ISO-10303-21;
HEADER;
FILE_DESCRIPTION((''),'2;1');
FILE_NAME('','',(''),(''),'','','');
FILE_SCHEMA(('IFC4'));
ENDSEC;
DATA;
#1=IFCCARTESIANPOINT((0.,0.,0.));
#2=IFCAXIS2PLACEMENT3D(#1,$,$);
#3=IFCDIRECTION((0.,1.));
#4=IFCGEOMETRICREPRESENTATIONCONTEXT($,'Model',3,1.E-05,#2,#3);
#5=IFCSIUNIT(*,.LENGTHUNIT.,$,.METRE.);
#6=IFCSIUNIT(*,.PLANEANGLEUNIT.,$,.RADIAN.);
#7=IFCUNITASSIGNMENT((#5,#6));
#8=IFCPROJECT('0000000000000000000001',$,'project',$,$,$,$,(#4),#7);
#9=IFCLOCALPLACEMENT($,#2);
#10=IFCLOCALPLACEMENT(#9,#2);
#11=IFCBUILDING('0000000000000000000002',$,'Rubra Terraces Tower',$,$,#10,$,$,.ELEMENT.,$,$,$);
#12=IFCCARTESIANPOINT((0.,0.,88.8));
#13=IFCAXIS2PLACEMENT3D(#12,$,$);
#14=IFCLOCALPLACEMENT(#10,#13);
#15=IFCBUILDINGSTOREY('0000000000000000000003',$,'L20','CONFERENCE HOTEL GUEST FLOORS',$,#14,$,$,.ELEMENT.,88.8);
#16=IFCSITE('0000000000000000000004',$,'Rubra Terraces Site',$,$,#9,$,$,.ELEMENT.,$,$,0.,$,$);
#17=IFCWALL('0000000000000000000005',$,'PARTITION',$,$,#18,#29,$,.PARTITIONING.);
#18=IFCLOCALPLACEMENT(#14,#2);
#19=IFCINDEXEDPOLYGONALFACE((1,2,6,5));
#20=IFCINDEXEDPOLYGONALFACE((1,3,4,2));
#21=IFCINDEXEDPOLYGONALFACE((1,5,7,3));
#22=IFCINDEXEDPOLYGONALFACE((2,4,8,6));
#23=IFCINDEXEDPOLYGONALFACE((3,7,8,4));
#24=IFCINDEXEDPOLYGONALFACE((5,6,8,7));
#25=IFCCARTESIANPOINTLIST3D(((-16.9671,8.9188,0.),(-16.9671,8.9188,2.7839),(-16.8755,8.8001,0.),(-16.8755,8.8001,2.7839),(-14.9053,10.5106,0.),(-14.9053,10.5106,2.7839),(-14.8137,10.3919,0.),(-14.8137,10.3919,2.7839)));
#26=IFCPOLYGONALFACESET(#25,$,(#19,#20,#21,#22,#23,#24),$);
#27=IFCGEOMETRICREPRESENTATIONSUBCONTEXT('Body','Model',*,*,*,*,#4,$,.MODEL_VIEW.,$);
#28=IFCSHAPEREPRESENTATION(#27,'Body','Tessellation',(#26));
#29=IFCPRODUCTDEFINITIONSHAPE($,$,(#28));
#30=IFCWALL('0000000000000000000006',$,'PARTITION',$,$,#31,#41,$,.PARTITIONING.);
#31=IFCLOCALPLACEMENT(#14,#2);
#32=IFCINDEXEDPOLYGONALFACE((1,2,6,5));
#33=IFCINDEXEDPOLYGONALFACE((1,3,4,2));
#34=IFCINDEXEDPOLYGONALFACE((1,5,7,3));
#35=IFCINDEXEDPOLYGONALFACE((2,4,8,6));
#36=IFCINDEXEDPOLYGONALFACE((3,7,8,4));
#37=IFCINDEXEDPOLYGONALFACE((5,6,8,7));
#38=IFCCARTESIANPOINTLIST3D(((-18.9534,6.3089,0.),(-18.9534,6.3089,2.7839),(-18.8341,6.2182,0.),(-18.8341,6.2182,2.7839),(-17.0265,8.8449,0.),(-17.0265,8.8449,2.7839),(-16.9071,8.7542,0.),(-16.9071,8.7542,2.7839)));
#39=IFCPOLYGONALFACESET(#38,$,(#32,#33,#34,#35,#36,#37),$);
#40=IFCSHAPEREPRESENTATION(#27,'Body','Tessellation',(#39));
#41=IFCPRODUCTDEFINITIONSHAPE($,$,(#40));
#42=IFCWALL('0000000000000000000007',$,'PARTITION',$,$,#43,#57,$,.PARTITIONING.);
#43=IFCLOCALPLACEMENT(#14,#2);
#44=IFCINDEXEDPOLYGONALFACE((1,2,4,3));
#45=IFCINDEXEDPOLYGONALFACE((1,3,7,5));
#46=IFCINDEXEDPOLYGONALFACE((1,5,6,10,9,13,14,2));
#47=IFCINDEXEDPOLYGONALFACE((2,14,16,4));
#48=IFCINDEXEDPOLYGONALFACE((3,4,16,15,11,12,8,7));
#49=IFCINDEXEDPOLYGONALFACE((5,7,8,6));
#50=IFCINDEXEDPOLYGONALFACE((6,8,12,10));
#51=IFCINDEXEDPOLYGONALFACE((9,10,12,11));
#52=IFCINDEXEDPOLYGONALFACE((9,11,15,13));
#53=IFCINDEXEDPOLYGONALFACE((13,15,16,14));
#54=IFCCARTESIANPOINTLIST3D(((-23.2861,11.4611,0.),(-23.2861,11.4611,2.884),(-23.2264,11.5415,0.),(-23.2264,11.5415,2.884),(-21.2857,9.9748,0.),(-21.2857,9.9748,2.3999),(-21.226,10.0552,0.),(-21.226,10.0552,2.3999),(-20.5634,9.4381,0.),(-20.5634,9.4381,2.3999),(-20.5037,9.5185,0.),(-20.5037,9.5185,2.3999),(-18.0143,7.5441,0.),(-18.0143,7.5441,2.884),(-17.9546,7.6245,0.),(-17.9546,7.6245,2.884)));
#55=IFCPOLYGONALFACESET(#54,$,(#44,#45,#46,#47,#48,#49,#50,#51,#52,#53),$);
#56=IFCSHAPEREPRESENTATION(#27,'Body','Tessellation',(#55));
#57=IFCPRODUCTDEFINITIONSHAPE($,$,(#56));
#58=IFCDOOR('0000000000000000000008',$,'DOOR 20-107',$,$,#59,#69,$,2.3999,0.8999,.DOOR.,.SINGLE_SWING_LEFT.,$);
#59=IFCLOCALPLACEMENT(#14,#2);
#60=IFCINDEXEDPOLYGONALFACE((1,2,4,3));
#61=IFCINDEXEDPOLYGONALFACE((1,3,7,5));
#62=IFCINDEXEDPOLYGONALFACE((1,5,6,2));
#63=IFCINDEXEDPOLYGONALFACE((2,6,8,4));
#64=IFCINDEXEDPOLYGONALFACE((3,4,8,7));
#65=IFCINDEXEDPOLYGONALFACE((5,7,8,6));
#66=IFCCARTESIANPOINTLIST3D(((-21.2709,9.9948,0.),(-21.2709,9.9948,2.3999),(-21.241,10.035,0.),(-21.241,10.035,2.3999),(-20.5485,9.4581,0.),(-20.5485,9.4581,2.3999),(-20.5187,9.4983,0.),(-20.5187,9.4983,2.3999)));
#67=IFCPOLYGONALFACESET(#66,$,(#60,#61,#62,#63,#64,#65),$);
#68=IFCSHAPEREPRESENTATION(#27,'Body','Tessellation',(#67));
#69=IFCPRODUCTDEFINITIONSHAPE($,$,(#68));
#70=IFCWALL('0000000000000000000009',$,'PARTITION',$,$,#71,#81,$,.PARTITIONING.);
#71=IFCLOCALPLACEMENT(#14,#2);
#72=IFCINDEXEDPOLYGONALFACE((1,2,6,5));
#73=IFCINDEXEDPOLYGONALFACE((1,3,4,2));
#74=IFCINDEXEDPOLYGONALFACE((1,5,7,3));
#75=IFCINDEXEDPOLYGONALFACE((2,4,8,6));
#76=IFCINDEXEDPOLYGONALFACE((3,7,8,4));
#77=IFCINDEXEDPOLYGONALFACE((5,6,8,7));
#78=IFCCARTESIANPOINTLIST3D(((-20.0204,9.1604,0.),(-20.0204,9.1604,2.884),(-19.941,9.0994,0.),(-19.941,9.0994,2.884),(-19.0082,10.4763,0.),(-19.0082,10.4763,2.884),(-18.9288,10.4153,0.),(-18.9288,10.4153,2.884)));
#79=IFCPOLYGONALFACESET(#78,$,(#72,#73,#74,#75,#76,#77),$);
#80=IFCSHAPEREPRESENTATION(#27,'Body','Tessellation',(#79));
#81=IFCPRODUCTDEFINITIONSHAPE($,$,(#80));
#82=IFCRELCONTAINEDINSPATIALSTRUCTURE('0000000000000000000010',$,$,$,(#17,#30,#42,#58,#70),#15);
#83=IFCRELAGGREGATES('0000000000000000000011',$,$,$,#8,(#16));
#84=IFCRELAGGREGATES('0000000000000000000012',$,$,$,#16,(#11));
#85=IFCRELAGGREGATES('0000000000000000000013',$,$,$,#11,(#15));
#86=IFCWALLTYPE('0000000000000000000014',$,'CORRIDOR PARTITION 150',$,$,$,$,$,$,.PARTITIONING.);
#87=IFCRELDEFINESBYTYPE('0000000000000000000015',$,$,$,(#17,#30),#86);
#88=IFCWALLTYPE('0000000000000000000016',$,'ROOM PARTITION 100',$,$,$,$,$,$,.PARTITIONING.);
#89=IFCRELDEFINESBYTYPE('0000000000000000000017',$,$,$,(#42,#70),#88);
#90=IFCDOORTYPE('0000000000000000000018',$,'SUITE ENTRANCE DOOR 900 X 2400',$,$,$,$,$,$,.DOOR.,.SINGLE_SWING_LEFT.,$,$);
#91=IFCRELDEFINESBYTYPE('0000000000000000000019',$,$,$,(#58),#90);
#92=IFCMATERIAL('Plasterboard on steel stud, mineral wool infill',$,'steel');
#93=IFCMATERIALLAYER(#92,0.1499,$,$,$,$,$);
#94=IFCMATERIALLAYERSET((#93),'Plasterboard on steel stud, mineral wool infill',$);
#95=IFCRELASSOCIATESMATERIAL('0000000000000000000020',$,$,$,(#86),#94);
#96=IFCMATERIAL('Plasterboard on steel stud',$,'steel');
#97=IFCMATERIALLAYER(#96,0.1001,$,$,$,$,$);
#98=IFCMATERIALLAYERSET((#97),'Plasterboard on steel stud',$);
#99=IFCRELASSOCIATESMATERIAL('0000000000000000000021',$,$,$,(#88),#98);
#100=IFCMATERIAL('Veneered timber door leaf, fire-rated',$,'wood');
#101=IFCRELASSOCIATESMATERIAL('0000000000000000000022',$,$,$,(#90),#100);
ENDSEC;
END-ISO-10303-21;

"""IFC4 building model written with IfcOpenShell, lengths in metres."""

from ifc_helpers import new_model, si_unit, direction, frame, frame_2d, origin, place, context, subcontext, project, spatial, rectangle, extrude, material, layer, layer_set, type_object, element, fill, save


model = new_model("IFC4")

# Units and contexts
model_context = context("Model", 3, precision=1e-05, world=origin(), true_north=direction((0.0, 1.0)))
body_context = subcontext(model_context, "Body", "Model", "MODEL_VIEW")
ifc_project = project(units=[si_unit("LENGTHUNIT", "METRE"), si_unit("PLANEANGLEUNIT", "RADIAN")], contexts=[model_context])

# Site, building, storey
site_placement = place(None, origin())
site = spatial("IfcSite", under=ifc_project, at=site_placement, Name="Rubra Terraces Site", CompositionType="ELEMENT", RefElevation=0.0)
building_placement = place(site_placement, origin())
building = spatial("IfcBuilding", under=site, at=building_placement, Name="Rubra Terraces Tower", CompositionType="ELEMENT")
storey_placement = place(building_placement, frame((0.0, 0.0, 88.8)))
storey = spatial("IfcBuildingStorey", under=building, at=storey_placement, Name="L20", Description="CONFERENCE HOTEL GUEST FLOORS", CompositionType="ELEMENT", Elevation=88.8)

# Walls
ifc_material_1 = material(Name="Plasterboard on steel stud, mineral wool infill", Category="steel")
ifc_layer_1 = layer(ifc_material_1, 0.1499)
ifc_layer_set_1 = layer_set([ifc_layer_1], Name="Plasterboard on steel stud, mineral wool infill")
wall_type_1 = type_object("IfcWallType", Name="CORRIDOR PARTITION 150", PredefinedType="PARTITIONING", material=ifc_layer_set_1)
wall_1_placement = place(storey_placement, frame((-14.8596, 10.4512, 0.0), z_axis=(0.0, 0.0, 1.0), x_axis=(-0.791543, -0.611114, 0.0)))
element("IfcWall", 1, at=wall_1_placement, inside=storey, type_object=wall_type_1, Name="PARTITION", PredefinedType="PARTITIONING", context=body_context, shape_type="SweptSolid", body=[
    extrude(rectangle(XDim=2.6047, YDim=0.1499, at=frame_2d((1.3022, 0.0))), origin(), (0.0, 0.0, 1.0), 2.7839),
])
wall_2_placement = place(storey_placement, frame((-16.9668, 8.7996, 0.0), z_axis=(0.0, 0.0, 1.0), x_axis=(-0.604992, -0.796232, 0.0)))
element("IfcWall", 2, at=wall_2_placement, inside=storey, type_object=wall_type_1, Name="PARTITION", PredefinedType="PARTITIONING", context=body_context, shape_type="SweptSolid", body=[
    extrude(rectangle(XDim=3.1851, YDim=0.1499, at=frame_2d((1.5925, 0.0))), origin(), (0.0, 0.0, 1.0), 2.7839),
])

# Wall, opening, door
ifc_material_2 = material(Name="Plasterboard on steel stud", Category="steel")
ifc_layer_2 = layer(ifc_material_2, 0.1001)
ifc_layer_set_2 = layer_set([ifc_layer_2], Name="Plasterboard on steel stud")
wall_type_2 = type_object("IfcWallType", Name="ROOM PARTITION 100", PredefinedType="PARTITIONING", material=ifc_layer_set_2)
wall_3_placement = place(storey_placement, frame((-23.2561, 11.5012, 0.0), z_axis=(0.0, 0.0, 1.0), x_axis=(0.802682, -0.596407, 0.0)))
wall_3 = element("IfcWall", 3, at=wall_3_placement, inside=storey, type_object=wall_type_2, Name="PARTITION", PredefinedType="PARTITIONING", context=body_context, shape_type="SweptSolid", body=[
    extrude(rectangle(XDim=6.5676, YDim=0.1001, at=frame_2d((3.2837, 0.0))), origin(), (0.0, 0.0, 1.0), 2.884),
])
opening_1_placement = place(wall_3_placement, frame((2.4919, 0.0, 0.0)))
opening_1 = element("IfcOpeningElement", 4, at=opening_1_placement, cuts=wall_3, PredefinedType="OPENING", context=body_context, shape_type="SweptSolid", body=[
    extrude(rectangle(XDim=0.8999, YDim=2.3999, at=frame_2d((0.45, 1.2))), frame((0.0, 0.0601, 0.0), z_axis=(0.0, -1.0, 0.0), x_axis=(1.0, 0.0, 0.0)), (0.0, 0.0, 1.0), 0.1201),
])
ifc_material_3 = material(Name="Veneered timber door leaf, fire-rated", Category="wood")
door_type = type_object("IfcDoorType", Name="SUITE ENTRANCE DOOR 900 X 2400", OperationType="SINGLE_SWING_LEFT", PredefinedType="DOOR", material=ifc_material_3)
door_placement = place(opening_1_placement, origin())
door = element("IfcDoor", 5, at=door_placement, inside=storey, type_object=door_type, Name="DOOR 20-107", OperationType="SINGLE_SWING_LEFT", OverallHeight=2.3999, OverallWidth=0.8999, PredefinedType="DOOR", context=body_context, shape_type="SweptSolid", body=[
    extrude(rectangle(XDim=0.8999, YDim=2.3999, at=frame_2d((0.45, 1.2))), frame((0.0, 0.0249, 0.0), z_axis=(0.0, -1.0, 0.0), x_axis=(1.0, 0.0, 0.0)), (0.0, 0.0, 1.0), 0.05),
])
fill(opening_1, door)

# Wall
wall_4_placement = place(storey_placement, frame((-18.9685, 10.4458, 0.0), z_axis=(0.0, 0.0, 1.0), x_axis=(-0.609697, -0.792635, 0.0)))
element("IfcWall", 6, at=wall_4_placement, inside=storey, type_object=wall_type_2, Name="PARTITION", PredefinedType="PARTITIONING", context=body_context, shape_type="SweptSolid", body=[
    extrude(rectangle(XDim=1.6602, YDim=0.1001, at=frame_2d((0.8301, 0.0))), origin(), (0.0, 0.0, 1.0), 2.884),
])

save(model, "model.ifc")
